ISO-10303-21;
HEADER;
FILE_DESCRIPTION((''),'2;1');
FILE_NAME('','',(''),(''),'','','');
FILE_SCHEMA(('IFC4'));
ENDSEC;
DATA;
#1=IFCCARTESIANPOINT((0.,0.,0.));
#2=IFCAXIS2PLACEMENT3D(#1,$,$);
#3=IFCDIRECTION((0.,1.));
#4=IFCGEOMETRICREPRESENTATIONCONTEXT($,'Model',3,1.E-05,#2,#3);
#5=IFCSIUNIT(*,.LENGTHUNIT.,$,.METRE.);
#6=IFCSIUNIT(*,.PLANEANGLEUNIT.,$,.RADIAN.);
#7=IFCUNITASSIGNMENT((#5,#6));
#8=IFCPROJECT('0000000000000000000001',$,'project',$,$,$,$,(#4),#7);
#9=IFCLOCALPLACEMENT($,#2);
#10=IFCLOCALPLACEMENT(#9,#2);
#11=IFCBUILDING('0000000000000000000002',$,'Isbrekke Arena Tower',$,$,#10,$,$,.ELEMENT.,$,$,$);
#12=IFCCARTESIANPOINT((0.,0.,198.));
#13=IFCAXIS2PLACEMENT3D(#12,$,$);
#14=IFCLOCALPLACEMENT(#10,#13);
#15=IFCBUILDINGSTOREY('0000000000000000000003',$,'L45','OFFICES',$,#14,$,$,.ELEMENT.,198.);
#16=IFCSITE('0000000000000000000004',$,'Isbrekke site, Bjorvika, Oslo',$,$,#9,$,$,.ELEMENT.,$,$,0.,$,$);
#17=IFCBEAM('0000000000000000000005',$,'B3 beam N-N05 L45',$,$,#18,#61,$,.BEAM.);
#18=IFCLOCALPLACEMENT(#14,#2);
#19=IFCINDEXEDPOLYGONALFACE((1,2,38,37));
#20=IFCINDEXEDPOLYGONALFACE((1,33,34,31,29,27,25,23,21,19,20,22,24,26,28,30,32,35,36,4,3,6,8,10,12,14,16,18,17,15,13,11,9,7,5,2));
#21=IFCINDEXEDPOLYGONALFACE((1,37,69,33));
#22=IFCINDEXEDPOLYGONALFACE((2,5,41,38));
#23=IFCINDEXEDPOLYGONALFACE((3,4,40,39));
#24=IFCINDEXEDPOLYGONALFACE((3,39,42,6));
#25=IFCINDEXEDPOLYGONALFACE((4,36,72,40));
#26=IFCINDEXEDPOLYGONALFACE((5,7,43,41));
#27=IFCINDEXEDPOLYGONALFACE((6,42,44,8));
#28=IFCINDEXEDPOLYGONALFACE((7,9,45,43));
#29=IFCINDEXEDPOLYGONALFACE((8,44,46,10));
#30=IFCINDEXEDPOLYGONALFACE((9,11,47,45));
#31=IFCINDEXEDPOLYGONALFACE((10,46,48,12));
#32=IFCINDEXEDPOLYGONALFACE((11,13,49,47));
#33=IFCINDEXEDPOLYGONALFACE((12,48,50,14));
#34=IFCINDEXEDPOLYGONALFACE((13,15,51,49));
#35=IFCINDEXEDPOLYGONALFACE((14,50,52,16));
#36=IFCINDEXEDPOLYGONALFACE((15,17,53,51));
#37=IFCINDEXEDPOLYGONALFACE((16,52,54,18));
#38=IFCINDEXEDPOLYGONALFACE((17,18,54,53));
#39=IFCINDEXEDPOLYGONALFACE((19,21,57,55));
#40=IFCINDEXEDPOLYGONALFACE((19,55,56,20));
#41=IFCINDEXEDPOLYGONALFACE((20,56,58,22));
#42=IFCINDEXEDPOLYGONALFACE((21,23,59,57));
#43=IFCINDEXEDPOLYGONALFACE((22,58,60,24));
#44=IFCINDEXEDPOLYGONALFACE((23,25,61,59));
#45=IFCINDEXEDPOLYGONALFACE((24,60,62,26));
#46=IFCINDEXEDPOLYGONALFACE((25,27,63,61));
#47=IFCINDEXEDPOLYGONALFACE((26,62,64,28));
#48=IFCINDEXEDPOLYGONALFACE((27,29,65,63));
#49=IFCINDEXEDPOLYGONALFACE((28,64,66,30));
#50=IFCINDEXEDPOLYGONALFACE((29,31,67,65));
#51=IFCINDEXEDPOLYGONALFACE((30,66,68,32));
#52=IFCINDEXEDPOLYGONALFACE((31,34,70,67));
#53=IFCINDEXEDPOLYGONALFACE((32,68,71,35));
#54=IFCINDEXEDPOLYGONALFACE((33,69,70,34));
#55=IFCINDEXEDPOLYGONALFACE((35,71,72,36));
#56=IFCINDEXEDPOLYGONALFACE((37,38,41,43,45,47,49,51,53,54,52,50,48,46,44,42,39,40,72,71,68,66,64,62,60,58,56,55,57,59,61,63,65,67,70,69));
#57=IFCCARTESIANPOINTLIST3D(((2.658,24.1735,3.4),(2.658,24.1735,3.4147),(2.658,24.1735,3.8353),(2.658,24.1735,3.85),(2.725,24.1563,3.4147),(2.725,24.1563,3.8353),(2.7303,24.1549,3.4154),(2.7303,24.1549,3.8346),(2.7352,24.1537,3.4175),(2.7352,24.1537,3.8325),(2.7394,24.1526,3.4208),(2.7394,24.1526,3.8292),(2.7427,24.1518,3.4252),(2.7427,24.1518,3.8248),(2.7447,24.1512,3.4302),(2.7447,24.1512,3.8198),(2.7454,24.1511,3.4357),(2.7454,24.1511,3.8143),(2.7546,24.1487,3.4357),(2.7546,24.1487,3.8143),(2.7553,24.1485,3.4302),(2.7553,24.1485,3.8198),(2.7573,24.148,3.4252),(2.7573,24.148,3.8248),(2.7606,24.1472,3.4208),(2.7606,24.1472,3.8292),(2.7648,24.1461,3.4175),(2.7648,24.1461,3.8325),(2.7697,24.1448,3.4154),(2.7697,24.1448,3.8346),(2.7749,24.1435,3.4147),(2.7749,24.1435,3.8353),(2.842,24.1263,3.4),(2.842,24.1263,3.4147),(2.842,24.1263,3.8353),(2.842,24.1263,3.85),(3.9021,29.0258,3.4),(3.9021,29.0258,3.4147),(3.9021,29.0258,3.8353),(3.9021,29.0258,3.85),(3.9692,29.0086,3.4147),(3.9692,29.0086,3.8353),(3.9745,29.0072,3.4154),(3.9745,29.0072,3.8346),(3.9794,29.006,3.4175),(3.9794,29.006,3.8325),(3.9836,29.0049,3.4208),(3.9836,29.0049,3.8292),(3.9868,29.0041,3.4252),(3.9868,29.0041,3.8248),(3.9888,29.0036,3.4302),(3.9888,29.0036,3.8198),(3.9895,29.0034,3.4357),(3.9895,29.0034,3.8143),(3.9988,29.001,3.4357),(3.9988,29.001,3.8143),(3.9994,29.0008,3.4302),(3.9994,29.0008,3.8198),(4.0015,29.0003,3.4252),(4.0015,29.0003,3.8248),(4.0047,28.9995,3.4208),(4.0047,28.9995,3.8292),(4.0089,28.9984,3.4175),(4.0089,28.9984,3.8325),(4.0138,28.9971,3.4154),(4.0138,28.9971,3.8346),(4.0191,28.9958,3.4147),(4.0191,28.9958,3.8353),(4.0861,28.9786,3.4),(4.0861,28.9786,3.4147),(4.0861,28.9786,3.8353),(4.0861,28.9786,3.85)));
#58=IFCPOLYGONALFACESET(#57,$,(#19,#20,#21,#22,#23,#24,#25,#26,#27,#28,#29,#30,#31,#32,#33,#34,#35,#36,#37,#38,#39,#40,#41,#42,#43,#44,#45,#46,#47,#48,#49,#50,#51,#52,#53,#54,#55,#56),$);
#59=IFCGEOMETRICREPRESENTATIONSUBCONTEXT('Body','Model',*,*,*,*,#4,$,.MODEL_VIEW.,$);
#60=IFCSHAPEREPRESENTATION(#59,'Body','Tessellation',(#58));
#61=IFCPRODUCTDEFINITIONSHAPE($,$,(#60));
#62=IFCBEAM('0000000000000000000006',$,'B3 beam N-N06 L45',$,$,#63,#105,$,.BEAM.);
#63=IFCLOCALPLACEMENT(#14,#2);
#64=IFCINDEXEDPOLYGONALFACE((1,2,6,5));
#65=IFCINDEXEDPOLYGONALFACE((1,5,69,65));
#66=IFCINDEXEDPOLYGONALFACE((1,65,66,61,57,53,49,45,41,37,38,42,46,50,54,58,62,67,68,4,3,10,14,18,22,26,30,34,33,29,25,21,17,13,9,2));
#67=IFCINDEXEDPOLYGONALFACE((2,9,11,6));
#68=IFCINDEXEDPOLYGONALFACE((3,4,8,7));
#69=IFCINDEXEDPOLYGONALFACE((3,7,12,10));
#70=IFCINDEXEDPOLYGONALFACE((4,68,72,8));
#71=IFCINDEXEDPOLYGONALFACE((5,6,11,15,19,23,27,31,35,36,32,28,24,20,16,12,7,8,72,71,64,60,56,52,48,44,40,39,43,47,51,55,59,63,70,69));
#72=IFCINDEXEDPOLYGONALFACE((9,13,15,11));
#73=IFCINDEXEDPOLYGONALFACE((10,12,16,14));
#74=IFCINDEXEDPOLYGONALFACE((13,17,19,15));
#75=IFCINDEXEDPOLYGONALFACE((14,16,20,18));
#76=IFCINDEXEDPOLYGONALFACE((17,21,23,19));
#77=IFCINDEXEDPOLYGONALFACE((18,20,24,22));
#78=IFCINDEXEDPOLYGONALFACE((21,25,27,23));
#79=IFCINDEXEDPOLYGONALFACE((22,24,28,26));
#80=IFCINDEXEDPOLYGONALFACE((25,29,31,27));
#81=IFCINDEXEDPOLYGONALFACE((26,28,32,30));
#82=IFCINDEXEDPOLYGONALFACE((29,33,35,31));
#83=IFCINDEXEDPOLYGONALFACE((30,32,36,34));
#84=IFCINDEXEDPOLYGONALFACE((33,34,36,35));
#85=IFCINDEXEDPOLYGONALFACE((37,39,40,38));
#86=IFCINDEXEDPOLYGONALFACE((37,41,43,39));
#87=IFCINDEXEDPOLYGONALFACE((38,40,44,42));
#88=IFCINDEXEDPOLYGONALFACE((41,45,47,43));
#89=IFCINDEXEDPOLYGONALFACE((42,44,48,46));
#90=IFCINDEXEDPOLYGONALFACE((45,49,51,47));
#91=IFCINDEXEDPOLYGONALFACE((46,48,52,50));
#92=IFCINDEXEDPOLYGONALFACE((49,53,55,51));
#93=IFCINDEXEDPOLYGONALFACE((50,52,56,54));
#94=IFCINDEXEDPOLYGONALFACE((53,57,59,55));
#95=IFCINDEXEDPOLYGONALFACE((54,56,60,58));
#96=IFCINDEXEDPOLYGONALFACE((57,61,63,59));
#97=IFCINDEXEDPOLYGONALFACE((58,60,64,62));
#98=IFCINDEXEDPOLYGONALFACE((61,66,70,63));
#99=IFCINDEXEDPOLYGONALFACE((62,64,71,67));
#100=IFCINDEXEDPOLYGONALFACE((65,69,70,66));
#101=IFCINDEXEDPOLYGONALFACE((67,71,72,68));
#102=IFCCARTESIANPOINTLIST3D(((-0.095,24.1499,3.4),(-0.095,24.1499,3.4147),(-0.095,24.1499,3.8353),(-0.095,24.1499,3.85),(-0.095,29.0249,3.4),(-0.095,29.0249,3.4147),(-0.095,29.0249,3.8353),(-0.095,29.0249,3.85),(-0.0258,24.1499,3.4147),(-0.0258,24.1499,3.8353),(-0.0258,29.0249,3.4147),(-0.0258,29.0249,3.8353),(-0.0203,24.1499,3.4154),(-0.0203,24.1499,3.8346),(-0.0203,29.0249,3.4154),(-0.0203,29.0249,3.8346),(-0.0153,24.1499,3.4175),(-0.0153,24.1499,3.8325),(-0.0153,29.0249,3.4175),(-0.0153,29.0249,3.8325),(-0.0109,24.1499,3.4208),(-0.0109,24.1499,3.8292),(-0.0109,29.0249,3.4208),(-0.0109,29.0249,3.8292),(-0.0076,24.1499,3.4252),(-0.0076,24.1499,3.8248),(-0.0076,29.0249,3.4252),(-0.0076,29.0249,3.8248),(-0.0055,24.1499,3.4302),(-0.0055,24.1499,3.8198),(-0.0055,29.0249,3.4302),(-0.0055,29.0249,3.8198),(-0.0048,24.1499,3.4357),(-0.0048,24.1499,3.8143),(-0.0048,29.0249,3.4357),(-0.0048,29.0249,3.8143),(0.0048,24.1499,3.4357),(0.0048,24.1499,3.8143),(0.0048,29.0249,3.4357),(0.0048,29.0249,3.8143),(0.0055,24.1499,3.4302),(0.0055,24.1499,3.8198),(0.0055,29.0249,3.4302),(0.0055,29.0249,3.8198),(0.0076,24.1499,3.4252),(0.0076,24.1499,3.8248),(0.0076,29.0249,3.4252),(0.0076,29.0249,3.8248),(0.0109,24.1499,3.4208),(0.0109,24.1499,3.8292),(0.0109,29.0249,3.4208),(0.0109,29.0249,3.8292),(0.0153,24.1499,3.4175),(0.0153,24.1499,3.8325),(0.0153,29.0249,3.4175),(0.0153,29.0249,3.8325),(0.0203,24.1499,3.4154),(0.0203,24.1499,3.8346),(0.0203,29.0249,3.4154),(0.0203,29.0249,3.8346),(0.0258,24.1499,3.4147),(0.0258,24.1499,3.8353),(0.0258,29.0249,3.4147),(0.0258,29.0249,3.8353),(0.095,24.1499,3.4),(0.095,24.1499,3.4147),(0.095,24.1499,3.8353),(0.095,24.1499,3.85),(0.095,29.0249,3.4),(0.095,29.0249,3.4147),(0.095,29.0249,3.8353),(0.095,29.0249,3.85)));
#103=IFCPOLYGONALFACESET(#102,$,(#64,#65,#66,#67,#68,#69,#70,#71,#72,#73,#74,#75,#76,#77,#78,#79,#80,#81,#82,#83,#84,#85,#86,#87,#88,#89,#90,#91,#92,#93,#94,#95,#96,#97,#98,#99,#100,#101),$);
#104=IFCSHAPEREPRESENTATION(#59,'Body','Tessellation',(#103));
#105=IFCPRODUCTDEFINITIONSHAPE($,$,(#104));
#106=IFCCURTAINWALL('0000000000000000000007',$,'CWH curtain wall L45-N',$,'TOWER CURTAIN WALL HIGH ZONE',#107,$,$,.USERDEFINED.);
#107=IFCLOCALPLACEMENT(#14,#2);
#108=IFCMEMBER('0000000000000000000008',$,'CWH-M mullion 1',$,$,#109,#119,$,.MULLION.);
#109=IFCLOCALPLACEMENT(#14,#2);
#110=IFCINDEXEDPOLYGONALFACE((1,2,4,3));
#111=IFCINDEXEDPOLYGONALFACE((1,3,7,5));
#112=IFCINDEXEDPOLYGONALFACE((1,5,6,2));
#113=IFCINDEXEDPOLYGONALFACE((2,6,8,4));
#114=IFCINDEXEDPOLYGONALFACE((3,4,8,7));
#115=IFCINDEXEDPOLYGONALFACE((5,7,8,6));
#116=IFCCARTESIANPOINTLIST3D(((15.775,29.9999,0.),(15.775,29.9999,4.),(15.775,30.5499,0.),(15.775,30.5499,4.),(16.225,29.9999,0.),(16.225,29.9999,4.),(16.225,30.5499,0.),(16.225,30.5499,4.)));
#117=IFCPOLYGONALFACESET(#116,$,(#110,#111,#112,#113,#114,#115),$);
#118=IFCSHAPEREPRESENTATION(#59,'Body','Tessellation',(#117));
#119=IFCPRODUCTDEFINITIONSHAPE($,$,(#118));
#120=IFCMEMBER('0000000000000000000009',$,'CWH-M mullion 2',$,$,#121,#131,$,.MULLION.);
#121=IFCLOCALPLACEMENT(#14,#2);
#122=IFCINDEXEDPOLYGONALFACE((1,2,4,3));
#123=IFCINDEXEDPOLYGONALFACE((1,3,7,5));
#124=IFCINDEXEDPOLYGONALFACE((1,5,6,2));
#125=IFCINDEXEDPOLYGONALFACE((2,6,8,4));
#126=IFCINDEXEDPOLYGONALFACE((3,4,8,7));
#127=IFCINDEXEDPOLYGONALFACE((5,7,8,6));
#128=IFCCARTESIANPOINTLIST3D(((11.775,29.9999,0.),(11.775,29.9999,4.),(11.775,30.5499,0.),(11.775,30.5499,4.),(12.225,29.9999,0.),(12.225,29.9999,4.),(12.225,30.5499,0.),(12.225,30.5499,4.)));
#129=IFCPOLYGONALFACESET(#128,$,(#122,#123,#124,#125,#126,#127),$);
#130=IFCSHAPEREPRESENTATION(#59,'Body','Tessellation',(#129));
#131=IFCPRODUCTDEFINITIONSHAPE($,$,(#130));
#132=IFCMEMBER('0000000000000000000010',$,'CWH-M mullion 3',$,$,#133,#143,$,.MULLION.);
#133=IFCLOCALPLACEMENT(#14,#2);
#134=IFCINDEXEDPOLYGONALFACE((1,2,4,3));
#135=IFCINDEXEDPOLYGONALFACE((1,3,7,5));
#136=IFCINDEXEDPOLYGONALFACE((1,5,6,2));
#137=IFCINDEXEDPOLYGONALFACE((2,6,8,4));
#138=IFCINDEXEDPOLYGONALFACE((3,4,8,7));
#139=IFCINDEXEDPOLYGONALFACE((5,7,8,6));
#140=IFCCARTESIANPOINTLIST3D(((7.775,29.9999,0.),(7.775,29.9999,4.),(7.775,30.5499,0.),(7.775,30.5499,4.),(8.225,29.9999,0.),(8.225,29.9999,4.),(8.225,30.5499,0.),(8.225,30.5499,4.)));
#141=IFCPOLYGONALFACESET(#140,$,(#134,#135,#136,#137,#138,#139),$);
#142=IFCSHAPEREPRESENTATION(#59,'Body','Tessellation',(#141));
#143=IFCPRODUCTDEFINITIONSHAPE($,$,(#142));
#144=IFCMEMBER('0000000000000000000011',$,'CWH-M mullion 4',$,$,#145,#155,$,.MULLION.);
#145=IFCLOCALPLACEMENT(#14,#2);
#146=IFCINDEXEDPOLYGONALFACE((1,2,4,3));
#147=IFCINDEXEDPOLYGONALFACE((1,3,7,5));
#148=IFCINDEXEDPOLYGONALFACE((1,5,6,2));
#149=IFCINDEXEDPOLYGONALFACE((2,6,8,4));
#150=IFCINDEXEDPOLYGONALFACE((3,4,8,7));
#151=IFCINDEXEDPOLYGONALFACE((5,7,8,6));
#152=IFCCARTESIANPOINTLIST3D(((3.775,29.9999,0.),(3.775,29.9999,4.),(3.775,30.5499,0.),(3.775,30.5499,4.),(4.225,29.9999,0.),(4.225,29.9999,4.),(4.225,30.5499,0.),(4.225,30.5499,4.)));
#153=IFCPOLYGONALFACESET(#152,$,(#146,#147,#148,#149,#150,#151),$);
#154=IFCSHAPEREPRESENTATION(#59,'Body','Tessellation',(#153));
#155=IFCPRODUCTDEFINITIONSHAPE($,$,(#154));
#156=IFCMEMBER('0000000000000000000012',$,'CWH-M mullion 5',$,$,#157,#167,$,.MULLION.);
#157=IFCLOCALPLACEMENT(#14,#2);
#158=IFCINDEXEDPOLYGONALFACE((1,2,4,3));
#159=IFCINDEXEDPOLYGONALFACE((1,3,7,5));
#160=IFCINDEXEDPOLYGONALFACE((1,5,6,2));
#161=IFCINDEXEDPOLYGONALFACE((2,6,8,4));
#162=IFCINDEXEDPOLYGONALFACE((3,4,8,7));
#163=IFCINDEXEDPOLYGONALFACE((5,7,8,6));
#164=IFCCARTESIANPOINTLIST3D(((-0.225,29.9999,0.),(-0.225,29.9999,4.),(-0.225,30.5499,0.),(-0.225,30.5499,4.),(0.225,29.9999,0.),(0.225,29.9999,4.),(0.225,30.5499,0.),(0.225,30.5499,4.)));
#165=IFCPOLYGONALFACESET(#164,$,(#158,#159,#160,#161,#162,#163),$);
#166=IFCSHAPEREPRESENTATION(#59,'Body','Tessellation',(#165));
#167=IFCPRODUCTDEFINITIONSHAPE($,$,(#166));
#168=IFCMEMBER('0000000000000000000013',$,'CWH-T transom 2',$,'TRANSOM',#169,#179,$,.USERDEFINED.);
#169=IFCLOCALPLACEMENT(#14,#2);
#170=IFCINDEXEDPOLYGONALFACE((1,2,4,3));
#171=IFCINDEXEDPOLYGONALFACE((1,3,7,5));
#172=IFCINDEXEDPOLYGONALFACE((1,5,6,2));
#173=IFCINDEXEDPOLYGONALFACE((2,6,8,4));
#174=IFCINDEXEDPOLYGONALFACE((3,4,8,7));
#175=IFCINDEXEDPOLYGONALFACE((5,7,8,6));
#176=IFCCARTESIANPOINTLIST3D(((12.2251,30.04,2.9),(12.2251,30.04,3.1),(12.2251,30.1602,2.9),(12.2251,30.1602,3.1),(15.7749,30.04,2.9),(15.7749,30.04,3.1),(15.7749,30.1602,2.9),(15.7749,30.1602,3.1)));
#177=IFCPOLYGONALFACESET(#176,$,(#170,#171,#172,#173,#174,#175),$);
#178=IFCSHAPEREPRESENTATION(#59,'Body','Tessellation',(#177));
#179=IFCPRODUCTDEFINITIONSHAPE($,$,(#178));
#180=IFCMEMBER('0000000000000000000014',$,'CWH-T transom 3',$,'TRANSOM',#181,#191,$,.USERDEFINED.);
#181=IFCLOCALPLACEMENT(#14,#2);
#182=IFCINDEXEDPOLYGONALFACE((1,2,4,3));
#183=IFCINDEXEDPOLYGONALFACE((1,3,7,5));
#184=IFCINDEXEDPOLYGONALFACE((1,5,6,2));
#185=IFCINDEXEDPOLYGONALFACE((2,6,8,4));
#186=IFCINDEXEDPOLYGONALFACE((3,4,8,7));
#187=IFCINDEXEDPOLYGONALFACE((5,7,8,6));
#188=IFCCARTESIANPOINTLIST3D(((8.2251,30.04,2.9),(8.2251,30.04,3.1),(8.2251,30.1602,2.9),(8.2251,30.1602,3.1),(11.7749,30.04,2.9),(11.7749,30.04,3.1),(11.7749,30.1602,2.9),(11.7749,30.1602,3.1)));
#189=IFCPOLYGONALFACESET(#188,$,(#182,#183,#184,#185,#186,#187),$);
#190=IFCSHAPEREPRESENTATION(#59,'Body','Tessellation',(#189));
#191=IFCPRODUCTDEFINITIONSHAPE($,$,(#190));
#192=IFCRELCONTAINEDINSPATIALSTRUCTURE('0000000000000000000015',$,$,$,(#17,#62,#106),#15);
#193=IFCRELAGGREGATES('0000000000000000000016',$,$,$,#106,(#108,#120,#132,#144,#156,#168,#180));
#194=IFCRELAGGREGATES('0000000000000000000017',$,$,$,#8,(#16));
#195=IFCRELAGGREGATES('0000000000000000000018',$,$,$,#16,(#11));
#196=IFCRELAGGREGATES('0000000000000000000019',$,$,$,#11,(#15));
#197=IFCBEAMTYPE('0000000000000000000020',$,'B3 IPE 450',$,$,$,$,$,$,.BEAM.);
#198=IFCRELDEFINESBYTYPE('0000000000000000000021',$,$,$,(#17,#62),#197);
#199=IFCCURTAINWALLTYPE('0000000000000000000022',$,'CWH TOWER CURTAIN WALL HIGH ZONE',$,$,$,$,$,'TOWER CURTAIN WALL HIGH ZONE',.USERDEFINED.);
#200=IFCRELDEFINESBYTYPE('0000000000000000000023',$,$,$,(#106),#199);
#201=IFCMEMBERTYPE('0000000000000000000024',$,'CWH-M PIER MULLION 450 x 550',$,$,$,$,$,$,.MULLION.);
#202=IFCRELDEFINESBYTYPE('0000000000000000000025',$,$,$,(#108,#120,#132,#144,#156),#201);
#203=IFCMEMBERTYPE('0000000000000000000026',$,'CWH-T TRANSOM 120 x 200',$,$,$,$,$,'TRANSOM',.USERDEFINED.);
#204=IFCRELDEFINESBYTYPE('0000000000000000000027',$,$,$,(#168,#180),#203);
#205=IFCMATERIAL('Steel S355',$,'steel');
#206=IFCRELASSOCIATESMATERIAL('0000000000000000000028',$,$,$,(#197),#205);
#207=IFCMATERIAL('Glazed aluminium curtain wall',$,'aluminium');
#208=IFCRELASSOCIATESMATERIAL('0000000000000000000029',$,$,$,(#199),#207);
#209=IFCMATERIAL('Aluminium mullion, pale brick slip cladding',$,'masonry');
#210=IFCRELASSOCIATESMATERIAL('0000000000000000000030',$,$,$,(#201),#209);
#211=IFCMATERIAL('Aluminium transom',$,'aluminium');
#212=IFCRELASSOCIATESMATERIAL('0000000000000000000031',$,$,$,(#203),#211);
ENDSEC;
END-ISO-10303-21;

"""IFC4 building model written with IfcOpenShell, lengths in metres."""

from ifc_helpers import new_model, si_unit, direction, frame, origin, origin_2d, place, context, subcontext, project, spatial, rectangle, i_section, extrude, material, material_profile, profile_set, type_object, element, aggregate, save


model = new_model("IFC4")

# Units and contexts
model_context = context("Model", 3, precision=1e-05, world=origin(), true_north=direction((0.0, 1.0)))
body_context = subcontext(model_context, "Body", "Model", "MODEL_VIEW")
ifc_project = project(units=[si_unit("LENGTHUNIT", "METRE"), si_unit("PLANEANGLEUNIT", "RADIAN")], contexts=[model_context])

# Site, building, storey
site_placement = place(None, origin())
site = spatial("IfcSite", under=ifc_project, at=site_placement, Name="Isbrekke site, Bjorvika, Oslo", CompositionType="ELEMENT", RefElevation=0.0)
building_placement = place(site_placement, origin())
building = spatial("IfcBuilding", under=site, at=building_placement, Name="Isbrekke Arena Tower", CompositionType="ELEMENT")
storey_placement = place(building_placement, frame((0.0, 0.0, 198.0)))
storey = spatial("IfcBuildingStorey", under=building, at=storey_placement, Name="L45", Description="OFFICES", CompositionType="ELEMENT", Elevation=198.0)

# Beams
ifc_material_1 = material(Name="Steel S355", Category="steel")
ifc_material_profile_1 = material_profile(ifc_material_1, i_section(OverallWidth=0.1899, OverallDepth=0.45, WebThickness=0.0095, FlangeThickness=0.0146, FilletRadius=0.021, at=origin_2d()), Name="IPE 450")
ifc_profile_set_1 = profile_set([ifc_material_profile_1], Name="Steel S355")
beam_type_1 = type_object("IfcBeamType", Name="B3 IPE 450", PredefinedType="BEAM", material=ifc_profile_set_1)
beam_1_placement = place(storey_placement, frame((3.9941, 29.0022, 3.625), z_axis=(-0.248368, -0.968666, 0.0), x_axis=(0.968666, -0.248368, 0.0)))
element("IfcBeam", 1, at=beam_1_placement, inside=storey, type_object=beam_type_1, Name="B3 beam N-N05 L45", PredefinedType="BEAM", context=body_context, shape_type="SweptSolid", body=[
    extrude(i_section(OverallWidth=0.1899, OverallDepth=0.45, WebThickness=0.0095, FlangeThickness=0.0146, FilletRadius=0.021, at=origin_2d()), origin(), (0.0, 0.0, 1.0), 5.0093),
])
beam_2_placement = place(storey_placement, frame((0.0, 29.0249, 3.625), z_axis=(0.0, -1.0, 0.0), x_axis=(1.0, 0.0, 0.0)))
element("IfcBeam", 2, at=beam_2_placement, inside=storey, type_object=beam_type_1, Name="B3 beam N-N06 L45", PredefinedType="BEAM", context=body_context, shape_type="SweptSolid", body=[
    extrude(i_section(OverallWidth=0.1899, OverallDepth=0.45, WebThickness=0.0095, FlangeThickness=0.0146, FilletRadius=0.021, at=origin_2d()), origin(), (0.0, 0.0, 1.0), 4.875),
])

# Curtain wall, members
ifc_material_2 = material(Name="Glazed aluminium curtain wall", Category="aluminium")
curtain_wall_type = type_object("IfcCurtainWallType", Name="CWH TOWER CURTAIN WALL HIGH ZONE", ElementType="TOWER CURTAIN WALL HIGH ZONE", PredefinedType="USERDEFINED", material=ifc_material_2)
curtain_wall_placement = place(storey_placement, origin())
curtain_wall = element("IfcCurtainWall", 3, at=curtain_wall_placement, inside=storey, type_object=curtain_wall_type, Name="CWH curtain wall L45-N", ObjectType="TOWER CURTAIN WALL HIGH ZONE", PredefinedType="USERDEFINED")
ifc_material_3 = material(Name="Aluminium mullion, pale brick slip cladding", Category="masonry")
ifc_material_profile_2 = material_profile(ifc_material_3, rectangle(XDim=0.45, YDim=0.55, at=origin_2d()), Name="PIER 450X550")
ifc_profile_set_2 = profile_set([ifc_material_profile_2], Name="Aluminium mullion, pale brick slip cladding")
member_type_1 = type_object("IfcMemberType", Name="CWH-M PIER MULLION 450 x 550", PredefinedType="MULLION", material=ifc_profile_set_2)
member_1_placement = place(storey_placement, frame((16.0, 30.2749, 0.0), z_axis=(0.0, 0.0, 1.0), x_axis=(-1.0, 0.0, 0.0)))
member_1 = element("IfcMember", 4, at=member_1_placement, type_object=member_type_1, Name="CWH-M mullion 1", PredefinedType="MULLION", context=body_context, shape_type="SweptSolid", body=[
    extrude(rectangle(XDim=0.45, YDim=0.55, at=origin_2d()), origin(), (0.0, 0.0, 1.0), 4.0),
])
member_2_placement = place(storey_placement, frame((12.0, 30.2749, 0.0), z_axis=(0.0, 0.0, 1.0), x_axis=(-1.0, 0.0, 0.0)))
member_2 = element("IfcMember", 5, at=member_2_placement, type_object=member_type_1, Name="CWH-M mullion 2", PredefinedType="MULLION", context=body_context, shape_type="SweptSolid", body=[
    extrude(rectangle(XDim=0.45, YDim=0.55, at=origin_2d()), origin(), (0.0, 0.0, 1.0), 4.0),
])
member_3_placement = place(storey_placement, frame((8.0, 30.2749, 0.0), z_axis=(0.0, 0.0, 1.0), x_axis=(-1.0, 0.0, 0.0)))
member_3 = element("IfcMember", 6, at=member_3_placement, type_object=member_type_1, Name="CWH-M mullion 3", PredefinedType="MULLION", context=body_context, shape_type="SweptSolid", body=[
    extrude(rectangle(XDim=0.45, YDim=0.55, at=origin_2d()), origin(), (0.0, 0.0, 1.0), 4.0),
])
member_4_placement = place(storey_placement, frame((4.0, 30.2749, 0.0), z_axis=(0.0, 0.0, 1.0), x_axis=(-1.0, 0.0, 0.0)))
member_4 = element("IfcMember", 7, at=member_4_placement, type_object=member_type_1, Name="CWH-M mullion 4", PredefinedType="MULLION", context=body_context, shape_type="SweptSolid", body=[
    extrude(rectangle(XDim=0.45, YDim=0.55, at=origin_2d()), origin(), (0.0, 0.0, 1.0), 4.0),
])
member_5_placement = place(storey_placement, frame((0.0, 30.2749, 0.0), z_axis=(0.0, 0.0, 1.0), x_axis=(-1.0, 0.0, 0.0)))
member_5 = element("IfcMember", 8, at=member_5_placement, type_object=member_type_1, Name="CWH-M mullion 5", PredefinedType="MULLION", context=body_context, shape_type="SweptSolid", body=[
    extrude(rectangle(XDim=0.45, YDim=0.55, at=origin_2d()), origin(), (0.0, 0.0, 1.0), 4.0),
])
ifc_material_4 = material(Name="Aluminium transom", Category="aluminium")
ifc_material_profile_3 = material_profile(ifc_material_4, rectangle(XDim=0.1201, YDim=0.2, at=origin_2d()), Name="TRANSOM 120X200")
ifc_profile_set_3 = profile_set([ifc_material_profile_3], Name="Aluminium transom")
member_type_2 = type_object("IfcMemberType", Name="CWH-T TRANSOM 120 x 200", ElementType="TRANSOM", PredefinedType="USERDEFINED", material=ifc_profile_set_3)
member_6_placement = place(storey_placement, frame((15.7749, 30.1001, 3.0), z_axis=(-1.0, 0.0, 0.0), x_axis=(0.0, -1.0, 0.0)))
member_6 = element("IfcMember", 9, at=member_6_placement, type_object=member_type_2, Name="CWH-T transom 2", ObjectType="TRANSOM", PredefinedType="USERDEFINED", context=body_context, shape_type="SweptSolid", body=[
    extrude(rectangle(XDim=0.1201, YDim=0.2, at=origin_2d()), origin(), (0.0, 0.0, 1.0), 3.5498),
])
member_7_placement = place(storey_placement, frame((11.7749, 30.1001, 3.0), z_axis=(-1.0, 0.0, 0.0), x_axis=(0.0, -1.0, 0.0)))
member_7 = element("IfcMember", 10, at=member_7_placement, type_object=member_type_2, Name="CWH-T transom 3", ObjectType="TRANSOM", PredefinedType="USERDEFINED", context=body_context, shape_type="SweptSolid", body=[
    extrude(rectangle(XDim=0.1201, YDim=0.2, at=origin_2d()), origin(), (0.0, 0.0, 1.0), 3.5498),
])

aggregate(curtain_wall, [member_1, member_2, member_3, member_4, member_5, member_6, member_7])

save(model, "model.ifc")
